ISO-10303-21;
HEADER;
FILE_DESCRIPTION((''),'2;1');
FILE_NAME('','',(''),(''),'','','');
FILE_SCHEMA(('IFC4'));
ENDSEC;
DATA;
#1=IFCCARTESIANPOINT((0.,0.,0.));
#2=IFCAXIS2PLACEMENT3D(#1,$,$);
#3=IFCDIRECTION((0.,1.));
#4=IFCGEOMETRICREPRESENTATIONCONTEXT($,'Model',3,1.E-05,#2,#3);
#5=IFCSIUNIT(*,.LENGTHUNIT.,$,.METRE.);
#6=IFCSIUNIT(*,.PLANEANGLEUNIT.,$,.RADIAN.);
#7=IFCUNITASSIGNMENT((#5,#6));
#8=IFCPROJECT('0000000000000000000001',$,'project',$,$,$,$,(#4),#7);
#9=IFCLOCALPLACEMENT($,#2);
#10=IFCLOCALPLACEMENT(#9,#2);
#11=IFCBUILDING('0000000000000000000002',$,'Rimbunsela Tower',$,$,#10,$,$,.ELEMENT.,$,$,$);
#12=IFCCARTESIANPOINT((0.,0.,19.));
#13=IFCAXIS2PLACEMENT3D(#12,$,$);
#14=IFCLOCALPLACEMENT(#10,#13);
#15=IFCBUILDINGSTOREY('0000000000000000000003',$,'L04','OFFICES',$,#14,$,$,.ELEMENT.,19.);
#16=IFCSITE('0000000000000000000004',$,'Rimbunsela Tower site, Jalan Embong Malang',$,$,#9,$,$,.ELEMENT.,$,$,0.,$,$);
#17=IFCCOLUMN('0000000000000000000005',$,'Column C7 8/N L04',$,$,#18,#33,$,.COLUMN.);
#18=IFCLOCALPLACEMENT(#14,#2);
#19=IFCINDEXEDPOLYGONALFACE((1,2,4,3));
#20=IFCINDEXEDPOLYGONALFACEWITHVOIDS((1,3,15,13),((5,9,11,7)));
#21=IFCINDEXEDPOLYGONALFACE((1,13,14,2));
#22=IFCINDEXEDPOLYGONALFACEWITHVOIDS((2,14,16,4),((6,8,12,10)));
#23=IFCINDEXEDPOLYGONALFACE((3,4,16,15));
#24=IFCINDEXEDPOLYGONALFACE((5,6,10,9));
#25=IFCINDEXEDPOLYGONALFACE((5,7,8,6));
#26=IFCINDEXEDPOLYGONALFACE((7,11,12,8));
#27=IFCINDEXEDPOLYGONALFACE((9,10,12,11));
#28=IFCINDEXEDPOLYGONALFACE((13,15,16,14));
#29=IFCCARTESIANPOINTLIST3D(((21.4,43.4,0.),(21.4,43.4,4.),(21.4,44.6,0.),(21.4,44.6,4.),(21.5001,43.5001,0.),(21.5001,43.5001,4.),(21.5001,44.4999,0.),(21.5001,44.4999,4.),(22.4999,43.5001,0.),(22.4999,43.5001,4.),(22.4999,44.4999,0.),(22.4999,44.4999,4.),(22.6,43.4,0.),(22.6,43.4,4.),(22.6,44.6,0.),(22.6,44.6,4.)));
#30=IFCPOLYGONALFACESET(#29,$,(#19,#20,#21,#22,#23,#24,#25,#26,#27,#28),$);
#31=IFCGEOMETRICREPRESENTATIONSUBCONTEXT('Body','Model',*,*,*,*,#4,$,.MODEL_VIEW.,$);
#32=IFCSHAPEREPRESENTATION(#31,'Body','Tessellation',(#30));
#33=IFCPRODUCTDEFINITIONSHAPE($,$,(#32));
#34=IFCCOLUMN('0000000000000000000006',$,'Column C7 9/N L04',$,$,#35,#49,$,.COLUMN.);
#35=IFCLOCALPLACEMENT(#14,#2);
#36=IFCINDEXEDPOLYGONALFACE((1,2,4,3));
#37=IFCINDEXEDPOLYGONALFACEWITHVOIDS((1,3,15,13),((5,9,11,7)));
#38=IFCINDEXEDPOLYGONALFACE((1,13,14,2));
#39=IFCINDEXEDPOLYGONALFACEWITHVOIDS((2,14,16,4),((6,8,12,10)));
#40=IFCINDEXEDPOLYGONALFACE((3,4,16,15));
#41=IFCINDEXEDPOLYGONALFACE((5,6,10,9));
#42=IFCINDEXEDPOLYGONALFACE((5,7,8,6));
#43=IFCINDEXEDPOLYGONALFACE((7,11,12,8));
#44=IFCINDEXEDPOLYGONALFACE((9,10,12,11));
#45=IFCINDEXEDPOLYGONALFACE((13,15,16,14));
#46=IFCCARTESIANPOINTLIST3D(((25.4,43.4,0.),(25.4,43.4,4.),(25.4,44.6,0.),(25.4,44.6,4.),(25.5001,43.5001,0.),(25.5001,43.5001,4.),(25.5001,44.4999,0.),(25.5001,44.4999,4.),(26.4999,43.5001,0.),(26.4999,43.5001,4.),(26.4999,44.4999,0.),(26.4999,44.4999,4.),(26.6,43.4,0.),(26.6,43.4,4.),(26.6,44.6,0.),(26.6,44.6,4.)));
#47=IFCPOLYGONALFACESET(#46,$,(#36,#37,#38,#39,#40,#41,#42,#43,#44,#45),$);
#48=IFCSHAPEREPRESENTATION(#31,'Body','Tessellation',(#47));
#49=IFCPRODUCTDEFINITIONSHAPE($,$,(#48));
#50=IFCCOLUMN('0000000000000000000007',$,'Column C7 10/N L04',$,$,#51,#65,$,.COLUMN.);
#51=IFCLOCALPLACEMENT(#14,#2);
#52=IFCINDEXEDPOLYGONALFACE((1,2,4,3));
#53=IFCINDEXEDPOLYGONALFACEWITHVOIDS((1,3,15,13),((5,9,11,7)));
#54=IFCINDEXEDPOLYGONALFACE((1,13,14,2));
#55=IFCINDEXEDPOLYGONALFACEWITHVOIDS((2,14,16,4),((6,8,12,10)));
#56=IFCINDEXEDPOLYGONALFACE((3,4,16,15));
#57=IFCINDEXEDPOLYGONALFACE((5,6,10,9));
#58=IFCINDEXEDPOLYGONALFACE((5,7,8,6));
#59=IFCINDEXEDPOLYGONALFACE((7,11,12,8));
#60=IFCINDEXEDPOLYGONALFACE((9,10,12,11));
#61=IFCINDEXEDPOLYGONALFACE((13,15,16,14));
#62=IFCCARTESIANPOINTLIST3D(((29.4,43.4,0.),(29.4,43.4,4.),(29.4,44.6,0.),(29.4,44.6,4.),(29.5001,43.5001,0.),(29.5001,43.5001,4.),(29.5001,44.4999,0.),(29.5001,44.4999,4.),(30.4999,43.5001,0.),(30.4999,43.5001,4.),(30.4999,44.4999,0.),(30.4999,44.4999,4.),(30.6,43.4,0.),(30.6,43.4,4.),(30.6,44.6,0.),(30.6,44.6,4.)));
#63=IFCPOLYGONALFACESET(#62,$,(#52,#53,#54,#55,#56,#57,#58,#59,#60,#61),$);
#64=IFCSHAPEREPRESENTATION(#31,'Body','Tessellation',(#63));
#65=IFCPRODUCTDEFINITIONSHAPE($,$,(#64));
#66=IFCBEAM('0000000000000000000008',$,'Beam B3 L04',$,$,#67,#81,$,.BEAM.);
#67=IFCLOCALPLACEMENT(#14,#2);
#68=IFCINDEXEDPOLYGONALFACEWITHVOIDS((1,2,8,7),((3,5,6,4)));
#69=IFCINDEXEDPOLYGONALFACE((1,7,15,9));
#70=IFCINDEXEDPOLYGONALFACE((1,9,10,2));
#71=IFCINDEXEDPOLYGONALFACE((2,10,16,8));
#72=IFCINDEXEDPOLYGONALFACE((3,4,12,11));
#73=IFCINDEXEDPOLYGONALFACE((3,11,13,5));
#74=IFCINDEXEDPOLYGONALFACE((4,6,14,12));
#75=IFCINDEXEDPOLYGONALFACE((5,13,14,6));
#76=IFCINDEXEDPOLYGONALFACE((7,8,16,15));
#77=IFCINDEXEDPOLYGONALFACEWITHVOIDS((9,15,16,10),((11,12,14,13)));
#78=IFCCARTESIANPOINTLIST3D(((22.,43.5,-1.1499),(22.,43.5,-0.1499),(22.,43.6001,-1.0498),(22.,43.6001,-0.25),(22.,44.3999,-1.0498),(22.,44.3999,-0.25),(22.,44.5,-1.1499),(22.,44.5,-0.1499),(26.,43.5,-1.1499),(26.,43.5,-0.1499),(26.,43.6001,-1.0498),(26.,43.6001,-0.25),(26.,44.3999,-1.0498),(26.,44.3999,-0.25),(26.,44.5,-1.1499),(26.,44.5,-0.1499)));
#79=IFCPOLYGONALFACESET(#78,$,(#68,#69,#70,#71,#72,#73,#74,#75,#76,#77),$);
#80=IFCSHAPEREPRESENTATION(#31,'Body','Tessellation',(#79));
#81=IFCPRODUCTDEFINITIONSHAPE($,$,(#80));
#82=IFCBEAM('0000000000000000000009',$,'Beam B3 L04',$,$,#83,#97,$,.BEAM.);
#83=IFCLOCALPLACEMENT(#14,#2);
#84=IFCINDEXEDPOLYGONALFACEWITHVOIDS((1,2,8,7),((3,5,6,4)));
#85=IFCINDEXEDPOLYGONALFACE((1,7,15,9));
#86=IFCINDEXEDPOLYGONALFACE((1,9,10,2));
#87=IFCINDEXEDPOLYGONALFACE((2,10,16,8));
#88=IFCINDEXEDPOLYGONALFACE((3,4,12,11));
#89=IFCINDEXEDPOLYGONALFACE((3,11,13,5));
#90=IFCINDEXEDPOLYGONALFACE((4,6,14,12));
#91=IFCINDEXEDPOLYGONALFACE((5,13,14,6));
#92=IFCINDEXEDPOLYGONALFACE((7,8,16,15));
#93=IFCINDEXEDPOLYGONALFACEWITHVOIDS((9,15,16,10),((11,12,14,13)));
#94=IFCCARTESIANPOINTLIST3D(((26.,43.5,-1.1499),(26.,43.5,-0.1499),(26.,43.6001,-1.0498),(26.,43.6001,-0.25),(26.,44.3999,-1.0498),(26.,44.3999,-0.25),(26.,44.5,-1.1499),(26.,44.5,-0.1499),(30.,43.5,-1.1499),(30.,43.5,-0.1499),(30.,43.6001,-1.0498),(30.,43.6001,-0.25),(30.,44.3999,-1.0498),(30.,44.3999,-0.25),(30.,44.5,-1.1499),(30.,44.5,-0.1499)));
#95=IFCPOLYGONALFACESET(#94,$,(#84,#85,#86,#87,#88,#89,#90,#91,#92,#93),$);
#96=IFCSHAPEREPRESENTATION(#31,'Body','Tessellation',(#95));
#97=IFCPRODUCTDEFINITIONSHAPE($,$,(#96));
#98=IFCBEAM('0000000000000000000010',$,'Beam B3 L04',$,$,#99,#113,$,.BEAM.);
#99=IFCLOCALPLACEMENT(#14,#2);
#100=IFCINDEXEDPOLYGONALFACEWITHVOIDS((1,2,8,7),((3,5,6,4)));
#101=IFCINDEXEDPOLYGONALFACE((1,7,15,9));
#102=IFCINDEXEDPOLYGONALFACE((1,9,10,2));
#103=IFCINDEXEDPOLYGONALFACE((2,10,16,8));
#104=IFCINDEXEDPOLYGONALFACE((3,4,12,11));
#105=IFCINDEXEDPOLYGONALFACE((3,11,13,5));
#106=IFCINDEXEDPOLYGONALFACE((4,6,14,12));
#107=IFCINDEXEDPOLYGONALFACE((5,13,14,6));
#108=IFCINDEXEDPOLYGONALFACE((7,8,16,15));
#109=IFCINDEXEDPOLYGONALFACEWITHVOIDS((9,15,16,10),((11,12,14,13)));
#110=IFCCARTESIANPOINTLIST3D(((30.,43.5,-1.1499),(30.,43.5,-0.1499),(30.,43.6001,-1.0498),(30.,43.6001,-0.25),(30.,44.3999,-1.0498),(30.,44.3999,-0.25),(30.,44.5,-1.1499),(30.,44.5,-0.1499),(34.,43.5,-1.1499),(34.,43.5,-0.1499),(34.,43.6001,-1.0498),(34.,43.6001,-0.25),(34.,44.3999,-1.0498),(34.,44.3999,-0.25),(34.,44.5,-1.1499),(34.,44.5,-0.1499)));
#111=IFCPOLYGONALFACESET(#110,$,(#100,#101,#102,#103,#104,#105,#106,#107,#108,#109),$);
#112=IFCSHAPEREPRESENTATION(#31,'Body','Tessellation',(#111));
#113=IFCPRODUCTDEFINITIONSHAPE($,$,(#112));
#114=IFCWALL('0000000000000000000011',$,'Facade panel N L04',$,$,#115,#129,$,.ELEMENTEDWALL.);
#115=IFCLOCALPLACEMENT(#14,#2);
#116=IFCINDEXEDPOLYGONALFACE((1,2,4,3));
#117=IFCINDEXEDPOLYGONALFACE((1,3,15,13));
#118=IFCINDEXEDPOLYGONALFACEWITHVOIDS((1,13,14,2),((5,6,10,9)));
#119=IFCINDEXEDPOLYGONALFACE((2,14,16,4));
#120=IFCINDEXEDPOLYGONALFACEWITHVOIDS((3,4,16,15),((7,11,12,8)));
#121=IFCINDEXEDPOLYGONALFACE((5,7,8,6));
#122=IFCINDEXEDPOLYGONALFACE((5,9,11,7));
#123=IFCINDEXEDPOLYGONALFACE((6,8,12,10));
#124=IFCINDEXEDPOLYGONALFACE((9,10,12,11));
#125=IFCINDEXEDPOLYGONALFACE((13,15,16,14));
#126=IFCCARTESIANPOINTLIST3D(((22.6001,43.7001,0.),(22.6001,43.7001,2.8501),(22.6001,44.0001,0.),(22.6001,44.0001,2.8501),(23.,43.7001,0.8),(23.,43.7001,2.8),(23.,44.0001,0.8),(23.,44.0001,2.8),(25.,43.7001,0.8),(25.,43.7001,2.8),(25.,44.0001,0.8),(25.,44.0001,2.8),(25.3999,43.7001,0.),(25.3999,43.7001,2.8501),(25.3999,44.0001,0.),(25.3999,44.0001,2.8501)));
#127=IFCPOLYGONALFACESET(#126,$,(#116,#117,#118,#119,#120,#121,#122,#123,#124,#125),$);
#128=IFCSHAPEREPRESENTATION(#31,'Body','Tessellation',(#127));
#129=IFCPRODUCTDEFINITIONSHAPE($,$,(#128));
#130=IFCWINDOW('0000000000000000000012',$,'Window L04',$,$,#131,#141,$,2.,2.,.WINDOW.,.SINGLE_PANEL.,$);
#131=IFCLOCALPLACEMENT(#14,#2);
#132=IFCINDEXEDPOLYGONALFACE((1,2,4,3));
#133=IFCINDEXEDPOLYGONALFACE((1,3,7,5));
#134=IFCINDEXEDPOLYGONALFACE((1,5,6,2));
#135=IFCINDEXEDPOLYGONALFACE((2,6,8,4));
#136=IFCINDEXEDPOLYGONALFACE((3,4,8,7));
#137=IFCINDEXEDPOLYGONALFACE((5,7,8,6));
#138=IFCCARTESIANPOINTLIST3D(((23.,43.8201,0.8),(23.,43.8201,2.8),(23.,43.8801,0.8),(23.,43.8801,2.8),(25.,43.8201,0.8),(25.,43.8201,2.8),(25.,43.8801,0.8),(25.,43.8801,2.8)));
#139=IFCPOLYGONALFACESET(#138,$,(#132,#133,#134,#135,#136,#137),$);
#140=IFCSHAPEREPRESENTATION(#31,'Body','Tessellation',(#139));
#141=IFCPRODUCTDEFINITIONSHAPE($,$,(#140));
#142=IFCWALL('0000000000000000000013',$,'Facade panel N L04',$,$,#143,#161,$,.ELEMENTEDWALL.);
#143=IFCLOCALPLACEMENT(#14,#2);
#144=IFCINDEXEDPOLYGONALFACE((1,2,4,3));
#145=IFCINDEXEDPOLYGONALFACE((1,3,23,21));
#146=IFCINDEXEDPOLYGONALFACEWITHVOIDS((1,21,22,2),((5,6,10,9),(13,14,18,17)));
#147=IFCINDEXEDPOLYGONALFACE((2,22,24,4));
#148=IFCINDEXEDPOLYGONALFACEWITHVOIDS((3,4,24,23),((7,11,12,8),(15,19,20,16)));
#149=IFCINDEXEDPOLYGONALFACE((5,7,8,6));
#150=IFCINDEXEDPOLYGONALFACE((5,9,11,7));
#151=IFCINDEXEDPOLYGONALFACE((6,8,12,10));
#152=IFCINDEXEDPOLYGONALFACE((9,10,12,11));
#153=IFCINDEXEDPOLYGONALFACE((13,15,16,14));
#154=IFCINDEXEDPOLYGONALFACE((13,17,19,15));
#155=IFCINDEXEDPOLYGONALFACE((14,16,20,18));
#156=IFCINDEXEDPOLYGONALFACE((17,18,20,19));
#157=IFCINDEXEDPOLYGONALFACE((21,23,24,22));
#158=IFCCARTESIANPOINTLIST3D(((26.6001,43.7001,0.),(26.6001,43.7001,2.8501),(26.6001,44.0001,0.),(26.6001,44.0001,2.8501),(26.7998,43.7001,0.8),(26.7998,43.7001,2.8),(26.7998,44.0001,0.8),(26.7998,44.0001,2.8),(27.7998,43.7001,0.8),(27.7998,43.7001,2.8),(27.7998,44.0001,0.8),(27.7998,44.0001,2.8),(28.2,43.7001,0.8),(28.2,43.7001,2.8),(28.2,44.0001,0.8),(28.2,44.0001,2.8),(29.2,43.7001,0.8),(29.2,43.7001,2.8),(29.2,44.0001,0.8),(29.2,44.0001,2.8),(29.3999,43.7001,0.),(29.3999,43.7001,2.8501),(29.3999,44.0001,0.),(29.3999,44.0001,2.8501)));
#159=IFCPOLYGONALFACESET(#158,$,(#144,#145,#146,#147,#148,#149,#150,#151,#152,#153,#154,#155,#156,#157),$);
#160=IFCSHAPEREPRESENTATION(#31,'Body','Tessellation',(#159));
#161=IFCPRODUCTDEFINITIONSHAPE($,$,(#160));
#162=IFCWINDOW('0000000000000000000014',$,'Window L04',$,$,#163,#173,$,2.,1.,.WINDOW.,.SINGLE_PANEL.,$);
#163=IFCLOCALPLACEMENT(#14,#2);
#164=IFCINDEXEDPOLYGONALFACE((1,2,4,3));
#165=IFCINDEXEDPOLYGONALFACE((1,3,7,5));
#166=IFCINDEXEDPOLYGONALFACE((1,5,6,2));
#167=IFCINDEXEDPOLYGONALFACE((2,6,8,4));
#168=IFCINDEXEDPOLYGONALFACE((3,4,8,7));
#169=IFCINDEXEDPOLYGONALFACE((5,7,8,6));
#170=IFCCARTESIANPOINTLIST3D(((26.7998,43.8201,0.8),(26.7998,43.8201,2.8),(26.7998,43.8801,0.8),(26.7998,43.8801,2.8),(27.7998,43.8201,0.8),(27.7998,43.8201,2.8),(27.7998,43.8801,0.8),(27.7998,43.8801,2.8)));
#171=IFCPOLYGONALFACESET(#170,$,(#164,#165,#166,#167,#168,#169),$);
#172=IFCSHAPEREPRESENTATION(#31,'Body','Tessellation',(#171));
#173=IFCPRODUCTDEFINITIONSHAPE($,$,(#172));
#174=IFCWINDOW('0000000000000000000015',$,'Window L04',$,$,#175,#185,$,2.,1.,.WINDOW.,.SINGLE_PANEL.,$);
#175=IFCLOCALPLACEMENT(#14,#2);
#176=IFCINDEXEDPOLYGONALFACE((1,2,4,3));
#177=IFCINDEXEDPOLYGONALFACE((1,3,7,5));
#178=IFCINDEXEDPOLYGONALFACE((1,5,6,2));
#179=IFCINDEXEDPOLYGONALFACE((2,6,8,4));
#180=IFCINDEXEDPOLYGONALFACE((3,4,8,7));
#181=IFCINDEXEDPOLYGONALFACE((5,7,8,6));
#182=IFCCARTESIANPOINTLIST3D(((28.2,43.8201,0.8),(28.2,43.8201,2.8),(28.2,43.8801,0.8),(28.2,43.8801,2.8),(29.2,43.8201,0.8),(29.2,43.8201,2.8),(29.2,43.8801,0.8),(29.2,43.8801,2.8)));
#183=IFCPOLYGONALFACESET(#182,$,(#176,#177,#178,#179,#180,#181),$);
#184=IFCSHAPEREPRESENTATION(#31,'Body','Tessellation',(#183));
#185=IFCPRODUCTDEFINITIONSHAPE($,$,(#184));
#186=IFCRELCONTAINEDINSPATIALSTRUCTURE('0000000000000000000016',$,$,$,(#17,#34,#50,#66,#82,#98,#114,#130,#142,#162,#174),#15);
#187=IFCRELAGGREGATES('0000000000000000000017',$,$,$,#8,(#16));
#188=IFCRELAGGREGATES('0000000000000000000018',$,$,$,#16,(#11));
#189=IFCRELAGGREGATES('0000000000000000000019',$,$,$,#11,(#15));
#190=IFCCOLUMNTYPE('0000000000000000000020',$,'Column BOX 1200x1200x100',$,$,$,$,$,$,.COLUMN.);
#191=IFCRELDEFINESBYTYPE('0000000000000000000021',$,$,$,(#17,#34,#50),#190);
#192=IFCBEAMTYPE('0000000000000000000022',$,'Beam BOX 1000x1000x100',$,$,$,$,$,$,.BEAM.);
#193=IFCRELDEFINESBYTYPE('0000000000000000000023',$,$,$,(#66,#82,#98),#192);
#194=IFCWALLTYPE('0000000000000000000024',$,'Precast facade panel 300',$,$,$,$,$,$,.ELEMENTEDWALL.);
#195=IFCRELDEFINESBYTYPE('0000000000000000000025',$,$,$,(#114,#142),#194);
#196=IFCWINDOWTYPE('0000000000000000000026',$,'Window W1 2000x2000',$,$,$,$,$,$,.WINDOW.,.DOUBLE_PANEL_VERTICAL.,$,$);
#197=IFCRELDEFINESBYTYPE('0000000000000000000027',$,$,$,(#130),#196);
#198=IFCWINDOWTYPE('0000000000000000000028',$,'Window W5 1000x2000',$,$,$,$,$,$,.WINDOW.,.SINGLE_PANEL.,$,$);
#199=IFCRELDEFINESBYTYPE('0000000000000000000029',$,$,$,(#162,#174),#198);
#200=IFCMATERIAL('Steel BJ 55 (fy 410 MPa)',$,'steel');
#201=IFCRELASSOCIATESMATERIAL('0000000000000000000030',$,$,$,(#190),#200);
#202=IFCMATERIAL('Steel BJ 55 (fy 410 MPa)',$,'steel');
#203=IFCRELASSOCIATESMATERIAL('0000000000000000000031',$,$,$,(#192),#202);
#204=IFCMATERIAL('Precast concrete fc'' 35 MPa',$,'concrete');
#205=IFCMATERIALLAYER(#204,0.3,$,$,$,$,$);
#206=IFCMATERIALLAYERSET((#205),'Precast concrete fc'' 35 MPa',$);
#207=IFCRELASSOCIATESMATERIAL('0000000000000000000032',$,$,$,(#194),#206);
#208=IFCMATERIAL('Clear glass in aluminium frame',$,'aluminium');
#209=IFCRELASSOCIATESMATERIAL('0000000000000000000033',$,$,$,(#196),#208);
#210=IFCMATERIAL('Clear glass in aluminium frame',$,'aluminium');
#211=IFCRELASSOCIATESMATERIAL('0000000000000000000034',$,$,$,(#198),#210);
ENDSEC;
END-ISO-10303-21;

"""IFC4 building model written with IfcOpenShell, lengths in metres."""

from ifc_helpers import new_model, si_unit, direction, frame, frame_2d, origin, origin_2d, place, context, subcontext, project, spatial, rectangle, hollow_rectangle, extrude, material, layer, layer_set, material_profile, profile_set, type_object, element, fill, save


model = new_model("IFC4")

# Units and contexts
model_context = context("Model", 3, precision=1e-05, world=origin(), true_north=direction((0.0, 1.0)))
body_context = subcontext(model_context, "Body", "Model", "MODEL_VIEW")
ifc_project = project(units=[si_unit("LENGTHUNIT", "METRE"), si_unit("PLANEANGLEUNIT", "RADIAN")], contexts=[model_context])

# Site, building, storey
site_placement = place(None, origin())
site = spatial("IfcSite", under=ifc_project, at=site_placement, Name="Rimbunsela Tower site, Jalan Embong Malang", CompositionType="ELEMENT", RefElevation=0.0)
building_placement = place(site_placement, origin())
building = spatial("IfcBuilding", under=site, at=building_placement, Name="Rimbunsela Tower", CompositionType="ELEMENT")
storey_placement = place(building_placement, frame((0.0, 0.0, 19.0)))
storey = spatial("IfcBuildingStorey", under=building, at=storey_placement, Name="L04", Description="OFFICES", CompositionType="ELEMENT", Elevation=19.0)

# Columns
ifc_material_1 = material(Name="Steel BJ 55 (fy 410 MPa)", Category="steel")
ifc_material_profile_1 = material_profile(ifc_material_1, hollow_rectangle(XDim=1.2, YDim=1.2, WallThickness=0.1001, at=origin_2d()), Name="BOX 1200x1200x100")
ifc_profile_set_1 = profile_set([ifc_material_profile_1], Name="Steel BJ 55 (fy 410 MPa)")
column_type = type_object("IfcColumnType", Name="Column BOX 1200x1200x100", PredefinedType="COLUMN", material=ifc_profile_set_1)
for number, where, z_axis, x_axis, name in (
    (1, (22.0, 44.0, 0.0), (0.0, 0.0, 1.0), (1.0, 0.0, 0.0), "Column C7 8/N L04"),
    (2, (26.0, 44.0, 0.0), (0.0, 0.0, 1.0), (1.0, 0.0, 0.0), "Column C7 9/N L04"),
    (3, (30.0, 44.0, 0.0), (0.0, 0.0, 1.0), (1.0, 0.0, 0.0), "Column C7 10/N L04"),
):
    element("IfcColumn", number, at=place(storey_placement, frame(where, z_axis=z_axis, x_axis=x_axis)), inside=storey, type_object=column_type, Name=name, PredefinedType="COLUMN", context=body_context, shape_type="SweptSolid", body=[
        extrude(hollow_rectangle(XDim=1.2, YDim=1.2, WallThickness=0.1001, at=origin_2d()), origin(), (0.0, 0.0, 1.0), 4.0),
    ])

# Beams
ifc_material_2 = material(Name="Steel BJ 55 (fy 410 MPa)", Category="steel")
ifc_material_profile_2 = material_profile(ifc_material_2, hollow_rectangle(XDim=1.0, YDim=1.0, WallThickness=0.1001, at=origin_2d()), Name="BOX 1000x1000x100")
ifc_profile_set_2 = profile_set([ifc_material_profile_2], Name="Steel BJ 55 (fy 410 MPa)")
beam_type = type_object("IfcBeamType", Name="Beam BOX 1000x1000x100", PredefinedType="BEAM", material=ifc_profile_set_2)
for number, where, z_axis, x_axis, name in (
    (4, (22.0, 44.0, -0.6499), (1.0, 0.0, 0.0), (0.0, 1.0, 0.0), "Beam B3 L04"),
    (5, (26.0, 44.0, -0.6499), (1.0, 0.0, 0.0), (0.0, 1.0, 0.0), "Beam B3 L04"),
    (6, (30.0, 44.0, -0.6499), (1.0, 0.0, 0.0), (0.0, 1.0, 0.0), "Beam B3 L04"),
):
    element("IfcBeam", number, at=place(storey_placement, frame(where, z_axis=z_axis, x_axis=x_axis)), inside=storey, type_object=beam_type, Name=name, PredefinedType="BEAM", context=body_context, shape_type="SweptSolid", body=[
        extrude(hollow_rectangle(XDim=1.0, YDim=1.0, WallThickness=0.1001, at=origin_2d()), origin(), (0.0, 0.0, 1.0), 4.0),
    ])

# Wall, opening, window
ifc_material_3 = material(Name="Precast concrete fc' 35 MPa", Category="concrete")
ifc_layer_1 = layer(ifc_material_3, 0.3)
ifc_layer_set_1 = layer_set([ifc_layer_1], Name="Precast concrete fc' 35 MPa")
wall_type_1 = type_object("IfcWallType", Name="Precast facade panel 300", PredefinedType="ELEMENTEDWALL", material=ifc_layer_set_1)
wall_1_placement = place(storey_placement, frame((25.3999, 43.8501, 0.0), z_axis=(0.0, 0.0, 1.0), x_axis=(-1.0, 0.0, 0.0)))
wall_1 = element("IfcWall", 7, at=wall_1_placement, inside=storey, type_object=wall_type_1, Name="Facade panel N L04", PredefinedType="ELEMENTEDWALL", context=body_context, shape_type="SweptSolid", body=[
    extrude(rectangle(XDim=2.7998, YDim=0.3, at=frame_2d((1.3999, 0.0))), origin(), (0.0, 0.0, 1.0), 2.8501),
])
opening_1_placement = place(wall_1_placement, frame((0.3999, 0.0, 0.8)))
opening_1 = element("IfcOpeningElement", 8, at=opening_1_placement, cuts=wall_1, PredefinedType="OPENING", context=body_context, shape_type="SweptSolid", body=[
    extrude(rectangle(XDim=2.0, YDim=2.0, at=frame_2d((1.0, 1.0))), frame((0.0, 0.1599, 0.0), z_axis=(0.0, -1.0, 0.0), x_axis=(1.0, 0.0, 0.0)), (0.0, 0.0, 1.0), 0.3201),
])
ifc_material_4 = material(Name="Clear glass in aluminium frame", Category="aluminium")
window_type_1 = type_object("IfcWindowType", Name="Window W1 2000x2000", PartitioningType="DOUBLE_PANEL_VERTICAL", PredefinedType="WINDOW", material=ifc_material_4)
window_1_placement = place(opening_1_placement, origin())
window_1 = element("IfcWindow", 9, at=window_1_placement, inside=storey, type_object=window_type_1, Name="Window L04", OverallHeight=2.0, OverallWidth=2.0, PartitioningType="SINGLE_PANEL", PredefinedType="WINDOW", context=body_context, shape_type="SweptSolid", body=[
    extrude(rectangle(XDim=2.0, YDim=2.0, at=frame_2d((1.0, 1.0))), frame((0.0, 0.03, 0.0), z_axis=(0.0, -1.0, 0.0), x_axis=(1.0, 0.0, 0.0)), (0.0, 0.0, 1.0), 0.0601),
])
fill(opening_1, window_1)

# Wall, openings, windows
wall_2_placement = place(storey_placement, frame((29.3999, 43.8501, 0.0), z_axis=(0.0, 0.0, 1.0), x_axis=(-1.0, 0.0, 0.0)))
wall_2 = element("IfcWall", 10, at=wall_2_placement, inside=storey, type_object=wall_type_1, Name="Facade panel N L04", PredefinedType="ELEMENTEDWALL", context=body_context, shape_type="SweptSolid", body=[
    extrude(rectangle(XDim=2.7998, YDim=0.3, at=frame_2d((1.3999, 0.0))), origin(), (0.0, 0.0, 1.0), 2.8501),
])
opening_2_placement = place(wall_2_placement, frame((1.6001, 0.0, 0.8)))
opening_2 = element("IfcOpeningElement", 11, at=opening_2_placement, cuts=wall_2, PredefinedType="OPENING", context=body_context, shape_type="SweptSolid", body=[
    extrude(rectangle(XDim=1.0, YDim=2.0, at=frame_2d((0.5, 1.0))), frame((0.0, 0.1599, 0.0), z_axis=(0.0, -1.0, 0.0), x_axis=(1.0, 0.0, 0.0)), (0.0, 0.0, 1.0), 0.3201),
])
opening_3_placement = place(wall_2_placement, frame((0.2, 0.0, 0.8)))
opening_3 = element("IfcOpeningElement", 12, at=opening_3_placement, cuts=wall_2, PredefinedType="OPENING", context=body_context, shape_type="SweptSolid", body=[
    extrude(rectangle(XDim=1.0, YDim=2.0, at=frame_2d((0.5, 1.0))), frame((0.0, 0.1599, 0.0), z_axis=(0.0, -1.0, 0.0), x_axis=(1.0, 0.0, 0.0)), (0.0, 0.0, 1.0), 0.3201),
])
ifc_material_5 = material(Name="Clear glass in aluminium frame", Category="aluminium")
window_type_2 = type_object("IfcWindowType", Name="Window W5 1000x2000", PartitioningType="SINGLE_PANEL", PredefinedType="WINDOW", material=ifc_material_5)
window_2_placement = place(opening_2_placement, origin())
window_2 = element("IfcWindow", 13, at=window_2_placement, inside=storey, type_object=window_type_2, Name="Window L04", OverallHeight=2.0, OverallWidth=1.0, PartitioningType="SINGLE_PANEL", PredefinedType="WINDOW", context=body_context, shape_type="SweptSolid", body=[
    extrude(rectangle(XDim=1.0, YDim=2.0, at=frame_2d((0.5, 1.0))), frame((0.0, 0.03, 0.0), z_axis=(0.0, -1.0, 0.0), x_axis=(1.0, 0.0, 0.0)), (0.0, 0.0, 1.0), 0.0601),
])
fill(opening_2, window_2)
window_3_placement = place(opening_3_placement, origin())
window_3 = element("IfcWindow", 14, at=window_3_placement, inside=storey, type_object=window_type_2, Name="Window L04", OverallHeight=2.0, OverallWidth=1.0, PartitioningType="SINGLE_PANEL", PredefinedType="WINDOW", context=body_context, shape_type="SweptSolid", body=[
    extrude(rectangle(XDim=1.0, YDim=2.0, at=frame_2d((0.5, 1.0))), frame((0.0, 0.03, 0.0), z_axis=(0.0, -1.0, 0.0), x_axis=(1.0, 0.0, 0.0)), (0.0, 0.0, 1.0), 0.0601),
])
fill(opening_3, window_3)

save(model, "model.ifc")
